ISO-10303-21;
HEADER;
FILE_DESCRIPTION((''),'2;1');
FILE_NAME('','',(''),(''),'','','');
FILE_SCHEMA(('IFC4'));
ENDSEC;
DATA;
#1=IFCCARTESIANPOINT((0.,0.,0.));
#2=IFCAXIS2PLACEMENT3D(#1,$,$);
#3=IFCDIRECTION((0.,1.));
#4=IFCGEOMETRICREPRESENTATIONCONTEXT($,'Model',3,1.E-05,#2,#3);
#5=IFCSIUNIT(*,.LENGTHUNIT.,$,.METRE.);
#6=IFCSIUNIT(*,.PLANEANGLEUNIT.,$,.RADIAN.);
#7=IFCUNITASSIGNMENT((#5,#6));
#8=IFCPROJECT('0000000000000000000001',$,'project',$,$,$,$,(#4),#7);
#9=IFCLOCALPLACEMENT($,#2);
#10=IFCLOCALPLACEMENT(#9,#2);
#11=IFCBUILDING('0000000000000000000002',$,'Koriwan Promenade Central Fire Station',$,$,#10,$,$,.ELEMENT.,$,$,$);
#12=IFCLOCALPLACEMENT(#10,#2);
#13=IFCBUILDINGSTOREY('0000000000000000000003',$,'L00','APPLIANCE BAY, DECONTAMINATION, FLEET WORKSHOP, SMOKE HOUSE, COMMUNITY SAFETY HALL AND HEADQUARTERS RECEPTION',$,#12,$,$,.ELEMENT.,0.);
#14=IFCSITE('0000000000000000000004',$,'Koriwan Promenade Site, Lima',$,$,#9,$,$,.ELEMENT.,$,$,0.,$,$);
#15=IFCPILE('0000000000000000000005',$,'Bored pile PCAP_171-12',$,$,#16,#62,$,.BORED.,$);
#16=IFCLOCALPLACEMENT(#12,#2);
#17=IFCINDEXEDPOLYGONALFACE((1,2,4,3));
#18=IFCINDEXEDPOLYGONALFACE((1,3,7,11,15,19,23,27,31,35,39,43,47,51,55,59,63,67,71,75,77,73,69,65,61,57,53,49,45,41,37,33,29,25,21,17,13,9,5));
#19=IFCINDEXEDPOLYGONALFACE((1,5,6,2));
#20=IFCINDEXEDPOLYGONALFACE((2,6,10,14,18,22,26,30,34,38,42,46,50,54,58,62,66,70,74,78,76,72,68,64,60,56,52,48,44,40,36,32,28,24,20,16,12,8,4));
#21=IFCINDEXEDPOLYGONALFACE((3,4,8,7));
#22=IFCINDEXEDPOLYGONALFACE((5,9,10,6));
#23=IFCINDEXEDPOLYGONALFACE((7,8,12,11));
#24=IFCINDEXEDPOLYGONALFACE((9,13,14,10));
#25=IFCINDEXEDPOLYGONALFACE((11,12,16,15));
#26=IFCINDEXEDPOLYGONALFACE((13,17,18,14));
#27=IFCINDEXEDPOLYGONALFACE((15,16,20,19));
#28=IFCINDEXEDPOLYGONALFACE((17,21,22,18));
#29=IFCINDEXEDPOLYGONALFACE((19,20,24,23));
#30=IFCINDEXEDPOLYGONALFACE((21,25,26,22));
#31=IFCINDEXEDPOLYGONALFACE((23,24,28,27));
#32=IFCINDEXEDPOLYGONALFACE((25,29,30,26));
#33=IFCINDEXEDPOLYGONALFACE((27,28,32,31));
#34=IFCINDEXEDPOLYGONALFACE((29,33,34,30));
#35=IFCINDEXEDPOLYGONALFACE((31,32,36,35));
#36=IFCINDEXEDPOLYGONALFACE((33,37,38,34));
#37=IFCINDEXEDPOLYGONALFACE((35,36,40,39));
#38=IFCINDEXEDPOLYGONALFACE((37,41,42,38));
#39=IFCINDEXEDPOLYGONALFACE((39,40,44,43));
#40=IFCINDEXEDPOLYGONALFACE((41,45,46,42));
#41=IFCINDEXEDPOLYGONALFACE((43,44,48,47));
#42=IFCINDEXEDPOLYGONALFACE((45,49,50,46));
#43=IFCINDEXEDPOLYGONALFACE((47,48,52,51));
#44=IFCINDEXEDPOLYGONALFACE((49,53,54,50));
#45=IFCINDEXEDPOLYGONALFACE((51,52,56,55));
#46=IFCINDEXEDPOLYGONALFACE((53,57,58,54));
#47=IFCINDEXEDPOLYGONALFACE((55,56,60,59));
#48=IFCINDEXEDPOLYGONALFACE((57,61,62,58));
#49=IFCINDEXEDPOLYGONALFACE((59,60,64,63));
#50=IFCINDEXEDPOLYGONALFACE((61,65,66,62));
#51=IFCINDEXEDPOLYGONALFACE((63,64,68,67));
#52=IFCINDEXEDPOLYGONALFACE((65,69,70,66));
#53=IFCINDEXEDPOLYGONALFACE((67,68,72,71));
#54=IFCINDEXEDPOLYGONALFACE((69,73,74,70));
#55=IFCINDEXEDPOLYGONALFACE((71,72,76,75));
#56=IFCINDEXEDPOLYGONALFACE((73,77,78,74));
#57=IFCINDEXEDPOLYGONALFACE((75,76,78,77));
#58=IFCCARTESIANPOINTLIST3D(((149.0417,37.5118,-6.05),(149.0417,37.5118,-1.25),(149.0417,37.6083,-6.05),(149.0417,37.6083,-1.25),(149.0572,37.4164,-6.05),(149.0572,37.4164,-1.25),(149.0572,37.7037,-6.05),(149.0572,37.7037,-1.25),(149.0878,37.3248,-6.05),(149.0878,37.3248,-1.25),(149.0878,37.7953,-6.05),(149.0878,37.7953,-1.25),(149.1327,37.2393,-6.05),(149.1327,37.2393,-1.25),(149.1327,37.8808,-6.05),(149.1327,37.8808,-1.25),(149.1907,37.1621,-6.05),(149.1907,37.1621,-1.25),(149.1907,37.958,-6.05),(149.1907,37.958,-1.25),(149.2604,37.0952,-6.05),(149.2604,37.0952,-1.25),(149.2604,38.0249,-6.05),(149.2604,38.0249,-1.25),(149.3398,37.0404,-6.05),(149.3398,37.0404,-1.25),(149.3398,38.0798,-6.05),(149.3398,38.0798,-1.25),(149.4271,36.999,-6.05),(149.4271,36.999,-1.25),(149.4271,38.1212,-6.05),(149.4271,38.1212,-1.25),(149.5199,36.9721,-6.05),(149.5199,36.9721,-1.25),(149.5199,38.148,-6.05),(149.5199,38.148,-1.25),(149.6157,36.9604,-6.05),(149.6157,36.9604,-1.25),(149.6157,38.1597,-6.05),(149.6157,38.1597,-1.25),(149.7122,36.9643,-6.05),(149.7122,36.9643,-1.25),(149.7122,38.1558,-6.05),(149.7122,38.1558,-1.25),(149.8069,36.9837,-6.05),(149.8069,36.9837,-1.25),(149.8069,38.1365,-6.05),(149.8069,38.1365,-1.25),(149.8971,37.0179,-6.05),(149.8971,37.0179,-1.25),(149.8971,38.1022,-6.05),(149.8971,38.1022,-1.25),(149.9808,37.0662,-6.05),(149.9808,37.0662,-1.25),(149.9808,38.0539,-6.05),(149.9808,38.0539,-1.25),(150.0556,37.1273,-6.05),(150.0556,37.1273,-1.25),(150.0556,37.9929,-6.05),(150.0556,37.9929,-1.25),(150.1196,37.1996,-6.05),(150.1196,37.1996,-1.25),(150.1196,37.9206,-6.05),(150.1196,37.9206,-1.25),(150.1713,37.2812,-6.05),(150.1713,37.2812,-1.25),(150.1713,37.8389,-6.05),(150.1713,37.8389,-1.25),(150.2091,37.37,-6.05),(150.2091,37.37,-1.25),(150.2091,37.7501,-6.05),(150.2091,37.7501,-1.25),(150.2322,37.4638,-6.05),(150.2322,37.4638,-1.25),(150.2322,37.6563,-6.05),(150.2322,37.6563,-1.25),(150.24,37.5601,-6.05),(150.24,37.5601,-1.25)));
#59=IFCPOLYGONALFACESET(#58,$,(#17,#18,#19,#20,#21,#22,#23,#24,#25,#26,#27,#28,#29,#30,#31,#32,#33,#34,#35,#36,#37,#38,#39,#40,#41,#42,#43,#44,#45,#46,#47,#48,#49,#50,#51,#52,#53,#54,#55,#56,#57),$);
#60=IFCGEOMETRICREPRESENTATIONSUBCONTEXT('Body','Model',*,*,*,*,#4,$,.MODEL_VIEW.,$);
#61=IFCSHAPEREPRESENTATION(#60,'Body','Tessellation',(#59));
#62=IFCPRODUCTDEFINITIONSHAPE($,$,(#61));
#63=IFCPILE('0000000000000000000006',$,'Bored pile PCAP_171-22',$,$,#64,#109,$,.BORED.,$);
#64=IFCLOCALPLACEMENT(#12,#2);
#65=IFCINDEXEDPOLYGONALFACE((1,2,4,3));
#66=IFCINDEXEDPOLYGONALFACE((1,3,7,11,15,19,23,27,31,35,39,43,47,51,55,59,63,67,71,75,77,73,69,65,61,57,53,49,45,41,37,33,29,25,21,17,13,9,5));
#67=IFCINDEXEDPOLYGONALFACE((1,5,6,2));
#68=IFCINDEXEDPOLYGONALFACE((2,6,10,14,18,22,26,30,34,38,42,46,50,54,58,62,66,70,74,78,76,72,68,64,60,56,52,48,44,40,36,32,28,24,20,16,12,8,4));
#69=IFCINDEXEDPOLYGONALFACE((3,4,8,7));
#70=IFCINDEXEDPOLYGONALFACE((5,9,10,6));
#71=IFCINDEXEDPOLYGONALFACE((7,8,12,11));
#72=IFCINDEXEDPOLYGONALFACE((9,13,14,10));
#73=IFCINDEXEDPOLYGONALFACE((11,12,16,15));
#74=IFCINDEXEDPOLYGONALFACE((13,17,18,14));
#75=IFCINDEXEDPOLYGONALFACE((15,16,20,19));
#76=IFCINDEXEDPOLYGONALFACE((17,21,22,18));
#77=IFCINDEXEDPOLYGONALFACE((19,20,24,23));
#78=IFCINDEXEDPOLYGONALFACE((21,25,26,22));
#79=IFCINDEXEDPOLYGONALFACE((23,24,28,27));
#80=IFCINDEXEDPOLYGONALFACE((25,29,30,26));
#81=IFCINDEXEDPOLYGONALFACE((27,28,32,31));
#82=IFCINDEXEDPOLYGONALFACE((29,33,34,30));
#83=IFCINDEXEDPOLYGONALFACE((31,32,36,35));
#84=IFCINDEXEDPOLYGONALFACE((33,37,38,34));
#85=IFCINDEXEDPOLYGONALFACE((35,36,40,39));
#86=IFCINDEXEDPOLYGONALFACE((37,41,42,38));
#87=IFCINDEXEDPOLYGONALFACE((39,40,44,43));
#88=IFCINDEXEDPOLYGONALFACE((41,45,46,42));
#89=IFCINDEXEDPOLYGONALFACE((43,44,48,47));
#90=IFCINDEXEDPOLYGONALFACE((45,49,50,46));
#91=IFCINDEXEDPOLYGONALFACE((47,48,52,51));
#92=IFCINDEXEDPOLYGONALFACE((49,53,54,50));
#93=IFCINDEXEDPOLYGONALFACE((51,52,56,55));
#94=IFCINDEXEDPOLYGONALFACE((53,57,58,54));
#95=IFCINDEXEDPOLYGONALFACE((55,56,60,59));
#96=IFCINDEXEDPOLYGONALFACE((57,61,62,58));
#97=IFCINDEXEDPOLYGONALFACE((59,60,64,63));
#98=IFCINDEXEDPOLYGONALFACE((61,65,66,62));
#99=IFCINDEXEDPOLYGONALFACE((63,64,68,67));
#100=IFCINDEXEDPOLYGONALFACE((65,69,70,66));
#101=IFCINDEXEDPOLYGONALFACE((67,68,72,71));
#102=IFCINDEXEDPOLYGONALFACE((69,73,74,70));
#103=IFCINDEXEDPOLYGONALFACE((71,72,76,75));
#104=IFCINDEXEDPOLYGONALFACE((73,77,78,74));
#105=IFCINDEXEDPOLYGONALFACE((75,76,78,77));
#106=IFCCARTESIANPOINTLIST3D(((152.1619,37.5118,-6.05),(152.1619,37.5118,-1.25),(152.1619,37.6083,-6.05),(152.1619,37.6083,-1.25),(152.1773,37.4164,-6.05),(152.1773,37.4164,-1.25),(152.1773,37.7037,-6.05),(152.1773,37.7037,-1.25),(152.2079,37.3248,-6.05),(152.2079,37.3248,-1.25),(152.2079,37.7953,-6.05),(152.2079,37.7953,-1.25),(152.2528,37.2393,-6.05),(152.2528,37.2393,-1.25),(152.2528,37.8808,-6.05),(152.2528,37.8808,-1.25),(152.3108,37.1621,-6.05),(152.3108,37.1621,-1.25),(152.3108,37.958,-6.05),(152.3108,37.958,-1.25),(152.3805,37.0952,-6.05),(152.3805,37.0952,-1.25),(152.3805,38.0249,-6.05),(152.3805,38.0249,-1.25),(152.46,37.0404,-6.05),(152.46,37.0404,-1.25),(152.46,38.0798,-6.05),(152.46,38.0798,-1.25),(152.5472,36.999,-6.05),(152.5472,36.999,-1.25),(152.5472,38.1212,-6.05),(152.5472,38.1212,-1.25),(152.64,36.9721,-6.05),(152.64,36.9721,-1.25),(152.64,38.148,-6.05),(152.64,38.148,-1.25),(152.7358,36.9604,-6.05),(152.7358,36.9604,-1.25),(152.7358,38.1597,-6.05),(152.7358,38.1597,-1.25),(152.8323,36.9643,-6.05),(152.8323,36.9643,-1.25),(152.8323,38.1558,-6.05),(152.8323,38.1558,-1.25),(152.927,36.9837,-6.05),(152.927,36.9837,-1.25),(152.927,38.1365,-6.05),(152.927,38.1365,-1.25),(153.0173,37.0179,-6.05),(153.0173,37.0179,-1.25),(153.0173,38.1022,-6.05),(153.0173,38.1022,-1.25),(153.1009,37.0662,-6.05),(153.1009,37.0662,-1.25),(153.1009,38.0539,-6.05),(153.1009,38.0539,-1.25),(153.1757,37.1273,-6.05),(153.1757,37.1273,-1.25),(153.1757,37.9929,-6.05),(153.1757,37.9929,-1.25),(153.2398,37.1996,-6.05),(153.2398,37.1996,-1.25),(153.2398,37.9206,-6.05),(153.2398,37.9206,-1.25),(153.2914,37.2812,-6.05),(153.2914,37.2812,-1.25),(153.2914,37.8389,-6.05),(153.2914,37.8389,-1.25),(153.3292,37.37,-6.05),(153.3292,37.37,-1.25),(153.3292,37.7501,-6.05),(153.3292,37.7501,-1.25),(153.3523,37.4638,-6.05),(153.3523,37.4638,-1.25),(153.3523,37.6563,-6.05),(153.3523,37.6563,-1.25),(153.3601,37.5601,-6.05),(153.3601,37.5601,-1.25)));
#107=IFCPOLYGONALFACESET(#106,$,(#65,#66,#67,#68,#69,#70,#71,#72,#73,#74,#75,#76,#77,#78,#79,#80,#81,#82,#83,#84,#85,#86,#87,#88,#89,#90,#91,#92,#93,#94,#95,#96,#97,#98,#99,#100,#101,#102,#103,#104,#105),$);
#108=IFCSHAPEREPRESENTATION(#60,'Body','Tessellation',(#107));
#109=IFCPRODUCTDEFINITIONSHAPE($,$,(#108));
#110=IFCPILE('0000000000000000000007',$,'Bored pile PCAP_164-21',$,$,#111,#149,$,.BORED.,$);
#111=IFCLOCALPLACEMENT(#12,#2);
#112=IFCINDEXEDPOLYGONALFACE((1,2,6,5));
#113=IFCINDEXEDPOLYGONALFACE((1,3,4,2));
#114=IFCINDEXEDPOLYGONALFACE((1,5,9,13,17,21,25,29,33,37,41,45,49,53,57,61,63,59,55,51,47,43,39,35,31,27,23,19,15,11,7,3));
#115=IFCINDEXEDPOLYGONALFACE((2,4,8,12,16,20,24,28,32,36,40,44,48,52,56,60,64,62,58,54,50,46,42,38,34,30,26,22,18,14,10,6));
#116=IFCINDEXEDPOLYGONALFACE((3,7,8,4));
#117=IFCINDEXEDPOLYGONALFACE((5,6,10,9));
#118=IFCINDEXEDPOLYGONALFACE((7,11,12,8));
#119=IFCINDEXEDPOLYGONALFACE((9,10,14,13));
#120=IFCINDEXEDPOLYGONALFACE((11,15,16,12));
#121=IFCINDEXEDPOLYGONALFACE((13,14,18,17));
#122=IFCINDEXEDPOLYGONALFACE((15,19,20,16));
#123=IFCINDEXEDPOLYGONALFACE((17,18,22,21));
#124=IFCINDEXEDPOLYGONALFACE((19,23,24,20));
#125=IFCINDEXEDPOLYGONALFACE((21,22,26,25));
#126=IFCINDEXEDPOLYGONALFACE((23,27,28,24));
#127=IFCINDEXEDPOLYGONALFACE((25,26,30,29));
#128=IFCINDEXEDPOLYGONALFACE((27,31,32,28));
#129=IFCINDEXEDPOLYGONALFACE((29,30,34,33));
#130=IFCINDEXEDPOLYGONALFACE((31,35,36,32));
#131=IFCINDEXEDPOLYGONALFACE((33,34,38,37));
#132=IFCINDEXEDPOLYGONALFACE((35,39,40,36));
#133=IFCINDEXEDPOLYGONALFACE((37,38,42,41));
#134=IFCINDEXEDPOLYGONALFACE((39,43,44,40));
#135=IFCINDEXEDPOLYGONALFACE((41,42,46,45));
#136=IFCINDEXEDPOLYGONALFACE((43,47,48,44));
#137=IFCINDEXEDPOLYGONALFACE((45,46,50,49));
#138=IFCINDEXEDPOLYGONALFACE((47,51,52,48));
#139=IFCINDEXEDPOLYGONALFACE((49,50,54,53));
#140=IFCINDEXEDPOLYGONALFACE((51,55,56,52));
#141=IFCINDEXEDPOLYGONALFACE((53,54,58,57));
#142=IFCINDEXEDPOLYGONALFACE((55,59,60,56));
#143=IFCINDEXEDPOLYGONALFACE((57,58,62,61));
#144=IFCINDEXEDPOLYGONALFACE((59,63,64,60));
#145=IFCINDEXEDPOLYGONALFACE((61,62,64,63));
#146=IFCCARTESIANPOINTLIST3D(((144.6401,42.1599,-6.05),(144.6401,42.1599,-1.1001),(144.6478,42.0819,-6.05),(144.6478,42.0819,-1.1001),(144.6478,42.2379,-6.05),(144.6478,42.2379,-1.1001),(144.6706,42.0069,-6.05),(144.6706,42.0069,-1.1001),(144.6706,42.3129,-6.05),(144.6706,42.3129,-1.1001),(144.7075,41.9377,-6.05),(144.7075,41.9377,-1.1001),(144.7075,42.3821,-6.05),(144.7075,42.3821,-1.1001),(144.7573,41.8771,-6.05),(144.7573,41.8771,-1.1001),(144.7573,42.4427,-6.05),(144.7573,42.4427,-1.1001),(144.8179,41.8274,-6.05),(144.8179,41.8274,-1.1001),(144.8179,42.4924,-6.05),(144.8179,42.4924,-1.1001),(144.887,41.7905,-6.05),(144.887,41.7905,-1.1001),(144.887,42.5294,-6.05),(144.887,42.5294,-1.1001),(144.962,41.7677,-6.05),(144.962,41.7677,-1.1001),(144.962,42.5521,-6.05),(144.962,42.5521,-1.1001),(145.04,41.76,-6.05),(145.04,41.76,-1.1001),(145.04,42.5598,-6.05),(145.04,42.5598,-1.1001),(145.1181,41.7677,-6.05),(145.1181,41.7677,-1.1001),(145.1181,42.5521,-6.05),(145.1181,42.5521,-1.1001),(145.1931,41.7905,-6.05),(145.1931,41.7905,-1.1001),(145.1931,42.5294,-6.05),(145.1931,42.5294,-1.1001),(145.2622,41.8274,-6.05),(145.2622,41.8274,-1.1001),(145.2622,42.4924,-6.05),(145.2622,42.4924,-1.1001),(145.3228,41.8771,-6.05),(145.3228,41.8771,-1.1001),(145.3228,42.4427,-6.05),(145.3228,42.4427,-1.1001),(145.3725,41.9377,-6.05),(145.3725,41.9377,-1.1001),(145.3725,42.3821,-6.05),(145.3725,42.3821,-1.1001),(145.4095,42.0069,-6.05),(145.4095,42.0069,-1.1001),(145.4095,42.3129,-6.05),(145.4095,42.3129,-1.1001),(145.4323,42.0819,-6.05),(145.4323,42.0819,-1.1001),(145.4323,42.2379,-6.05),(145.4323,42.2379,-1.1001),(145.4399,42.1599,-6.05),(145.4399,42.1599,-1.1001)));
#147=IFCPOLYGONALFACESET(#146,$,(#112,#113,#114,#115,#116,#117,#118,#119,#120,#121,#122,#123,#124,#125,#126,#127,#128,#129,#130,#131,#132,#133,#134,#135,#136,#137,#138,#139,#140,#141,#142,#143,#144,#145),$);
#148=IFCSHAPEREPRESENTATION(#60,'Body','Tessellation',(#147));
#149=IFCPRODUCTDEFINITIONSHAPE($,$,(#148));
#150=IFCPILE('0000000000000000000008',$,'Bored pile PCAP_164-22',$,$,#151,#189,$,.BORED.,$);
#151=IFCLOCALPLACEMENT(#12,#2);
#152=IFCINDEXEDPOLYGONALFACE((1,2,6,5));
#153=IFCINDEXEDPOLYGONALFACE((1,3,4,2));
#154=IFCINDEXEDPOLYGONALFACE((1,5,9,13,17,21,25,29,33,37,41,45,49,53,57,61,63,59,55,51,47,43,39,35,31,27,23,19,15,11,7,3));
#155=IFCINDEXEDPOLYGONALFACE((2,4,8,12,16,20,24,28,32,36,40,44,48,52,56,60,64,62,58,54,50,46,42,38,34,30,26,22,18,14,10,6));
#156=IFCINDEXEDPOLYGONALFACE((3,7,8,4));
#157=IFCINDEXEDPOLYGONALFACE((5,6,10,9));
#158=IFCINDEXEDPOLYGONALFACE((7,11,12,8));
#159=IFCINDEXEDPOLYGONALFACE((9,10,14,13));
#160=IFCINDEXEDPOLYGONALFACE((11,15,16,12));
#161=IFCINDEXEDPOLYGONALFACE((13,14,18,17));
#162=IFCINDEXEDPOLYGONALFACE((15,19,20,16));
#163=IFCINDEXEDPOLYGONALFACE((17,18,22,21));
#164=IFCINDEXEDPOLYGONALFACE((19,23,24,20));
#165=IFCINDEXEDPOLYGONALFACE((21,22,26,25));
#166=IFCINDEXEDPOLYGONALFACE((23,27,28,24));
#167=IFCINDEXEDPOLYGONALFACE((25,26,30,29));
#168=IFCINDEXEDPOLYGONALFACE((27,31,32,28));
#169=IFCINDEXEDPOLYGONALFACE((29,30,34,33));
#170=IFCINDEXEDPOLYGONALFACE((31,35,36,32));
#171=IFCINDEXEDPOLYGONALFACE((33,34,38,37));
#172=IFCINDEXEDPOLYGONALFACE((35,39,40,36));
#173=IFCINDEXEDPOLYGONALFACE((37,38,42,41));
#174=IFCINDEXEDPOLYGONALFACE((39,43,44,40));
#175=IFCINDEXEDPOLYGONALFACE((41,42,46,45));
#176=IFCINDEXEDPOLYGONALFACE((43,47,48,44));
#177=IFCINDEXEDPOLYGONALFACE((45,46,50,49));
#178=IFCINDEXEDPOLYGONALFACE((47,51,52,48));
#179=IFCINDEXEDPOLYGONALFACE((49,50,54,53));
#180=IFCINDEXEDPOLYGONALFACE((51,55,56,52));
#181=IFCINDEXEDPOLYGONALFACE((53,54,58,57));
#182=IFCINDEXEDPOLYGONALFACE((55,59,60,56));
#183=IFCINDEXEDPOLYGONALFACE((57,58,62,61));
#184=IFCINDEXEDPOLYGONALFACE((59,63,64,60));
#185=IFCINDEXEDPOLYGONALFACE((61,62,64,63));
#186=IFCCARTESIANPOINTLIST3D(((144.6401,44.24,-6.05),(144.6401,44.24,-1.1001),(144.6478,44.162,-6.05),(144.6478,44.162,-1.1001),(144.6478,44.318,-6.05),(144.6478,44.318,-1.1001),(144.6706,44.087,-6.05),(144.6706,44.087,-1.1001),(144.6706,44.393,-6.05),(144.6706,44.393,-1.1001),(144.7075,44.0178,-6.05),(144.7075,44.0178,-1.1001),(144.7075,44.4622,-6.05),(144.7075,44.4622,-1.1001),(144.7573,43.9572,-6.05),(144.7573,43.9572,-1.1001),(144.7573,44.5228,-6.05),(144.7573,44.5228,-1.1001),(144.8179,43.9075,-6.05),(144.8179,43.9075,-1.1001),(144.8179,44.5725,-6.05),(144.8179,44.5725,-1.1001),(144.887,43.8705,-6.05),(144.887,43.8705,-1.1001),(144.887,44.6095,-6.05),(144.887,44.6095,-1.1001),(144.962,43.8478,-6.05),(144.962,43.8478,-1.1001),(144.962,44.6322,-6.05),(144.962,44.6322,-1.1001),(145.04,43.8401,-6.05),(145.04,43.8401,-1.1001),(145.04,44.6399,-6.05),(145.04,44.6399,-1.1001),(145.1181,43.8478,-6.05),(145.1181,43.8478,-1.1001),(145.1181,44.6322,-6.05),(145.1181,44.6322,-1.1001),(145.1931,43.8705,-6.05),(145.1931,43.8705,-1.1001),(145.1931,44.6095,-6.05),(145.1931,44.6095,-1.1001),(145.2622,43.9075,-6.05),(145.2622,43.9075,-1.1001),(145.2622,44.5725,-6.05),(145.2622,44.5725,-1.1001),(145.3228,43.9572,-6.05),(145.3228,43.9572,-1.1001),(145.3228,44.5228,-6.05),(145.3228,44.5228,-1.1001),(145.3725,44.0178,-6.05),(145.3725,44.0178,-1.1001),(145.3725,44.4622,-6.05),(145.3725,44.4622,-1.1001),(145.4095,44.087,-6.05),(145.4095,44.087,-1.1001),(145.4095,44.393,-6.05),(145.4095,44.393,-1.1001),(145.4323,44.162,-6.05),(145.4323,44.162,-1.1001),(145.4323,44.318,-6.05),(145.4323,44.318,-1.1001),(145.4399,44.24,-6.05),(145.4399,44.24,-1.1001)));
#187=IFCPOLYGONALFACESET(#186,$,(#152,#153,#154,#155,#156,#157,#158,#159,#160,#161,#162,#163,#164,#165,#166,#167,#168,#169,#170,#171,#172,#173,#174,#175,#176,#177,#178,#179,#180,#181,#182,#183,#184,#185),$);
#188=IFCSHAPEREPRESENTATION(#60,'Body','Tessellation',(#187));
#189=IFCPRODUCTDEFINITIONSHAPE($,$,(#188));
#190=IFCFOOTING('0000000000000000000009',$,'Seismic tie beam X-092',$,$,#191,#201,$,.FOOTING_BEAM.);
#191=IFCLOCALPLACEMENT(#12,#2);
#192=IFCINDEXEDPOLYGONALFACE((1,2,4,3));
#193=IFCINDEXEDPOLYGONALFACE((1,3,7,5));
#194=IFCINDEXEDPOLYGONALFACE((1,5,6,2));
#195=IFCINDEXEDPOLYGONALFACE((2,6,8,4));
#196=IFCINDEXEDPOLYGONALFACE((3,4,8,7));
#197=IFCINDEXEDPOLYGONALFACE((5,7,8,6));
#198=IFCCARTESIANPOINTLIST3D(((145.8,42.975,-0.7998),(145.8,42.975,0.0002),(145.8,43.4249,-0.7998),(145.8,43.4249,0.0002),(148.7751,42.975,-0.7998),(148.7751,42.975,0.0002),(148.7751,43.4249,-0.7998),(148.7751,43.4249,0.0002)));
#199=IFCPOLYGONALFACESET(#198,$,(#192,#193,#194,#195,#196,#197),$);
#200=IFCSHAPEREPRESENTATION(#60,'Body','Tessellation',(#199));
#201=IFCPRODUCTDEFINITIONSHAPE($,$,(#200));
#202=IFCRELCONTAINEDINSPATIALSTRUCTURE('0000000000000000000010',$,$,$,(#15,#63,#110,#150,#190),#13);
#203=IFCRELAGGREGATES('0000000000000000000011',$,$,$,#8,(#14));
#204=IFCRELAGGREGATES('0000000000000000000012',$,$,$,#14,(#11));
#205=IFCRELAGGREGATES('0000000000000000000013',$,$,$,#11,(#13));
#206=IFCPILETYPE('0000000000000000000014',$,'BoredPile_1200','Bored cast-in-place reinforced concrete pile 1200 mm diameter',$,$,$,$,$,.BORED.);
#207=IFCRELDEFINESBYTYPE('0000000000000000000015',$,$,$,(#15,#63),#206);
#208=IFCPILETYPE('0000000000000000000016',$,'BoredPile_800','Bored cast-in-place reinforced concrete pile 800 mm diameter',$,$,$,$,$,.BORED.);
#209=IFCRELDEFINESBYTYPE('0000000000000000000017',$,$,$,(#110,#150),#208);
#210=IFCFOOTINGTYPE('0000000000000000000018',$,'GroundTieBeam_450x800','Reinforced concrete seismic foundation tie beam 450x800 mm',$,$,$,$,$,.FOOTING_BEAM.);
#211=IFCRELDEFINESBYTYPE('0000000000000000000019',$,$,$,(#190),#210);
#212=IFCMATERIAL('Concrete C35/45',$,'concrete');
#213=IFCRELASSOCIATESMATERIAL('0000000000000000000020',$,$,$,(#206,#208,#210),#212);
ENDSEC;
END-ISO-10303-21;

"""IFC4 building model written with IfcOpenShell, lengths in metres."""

from ifc_helpers import new_model, si_unit, direction, frame, origin, origin_2d, place, context, subcontext, project, spatial, rectangle, circle, extrude, material, material_profile, profile_set, type_object, element, save


model = new_model("IFC4")

# Units and contexts
model_context = context("Model", 3, precision=1e-05, world=origin(), true_north=direction((0.0, 1.0)))
body_context = subcontext(model_context, "Body", "Model", "MODEL_VIEW")
ifc_project = project(units=[si_unit("LENGTHUNIT", "METRE"), si_unit("PLANEANGLEUNIT", "RADIAN")], contexts=[model_context])

# Site, building, storey
site_placement = place(None, origin())
site = spatial("IfcSite", under=ifc_project, at=site_placement, Name="Koriwan Promenade Site, Lima", CompositionType="ELEMENT", RefElevation=0.0)
building_placement = place(site_placement, origin())
building = spatial("IfcBuilding", under=site, at=building_placement, Name="Koriwan Promenade Central Fire Station", CompositionType="ELEMENT")
storey_placement = place(building_placement, origin())
storey = spatial("IfcBuildingStorey", under=building, at=storey_placement, Name="L00", Description="APPLIANCE BAY, DECONTAMINATION, FLEET WORKSHOP, SMOKE HOUSE, COMMUNITY SAFETY HALL AND HEADQUARTERS RECEPTION", CompositionType="ELEMENT", Elevation=0.0)

# Piles
ifc_material_1 = material(Name="Concrete C35/45", Category="concrete")
ifc_material_profile_1 = material_profile(ifc_material_1, circle(Radius=0.6001, at=origin_2d()), Name="PILE-D1200")
ifc_profile_set_1 = profile_set([ifc_material_profile_1], Name="Concrete C35/45")
pile_type_1 = type_object("IfcPileType", Name="BoredPile_1200", Description="Bored cast-in-place reinforced concrete pile 1200 mm diameter", PredefinedType="BORED", material=ifc_profile_set_1)
for number, where, z_axis, x_axis, name in (
    (1, (149.6399, 37.5601, -1.25), (0.0, 0.0, -1.0), (1.0, 0.0, 0.0), "Bored pile PCAP_171-12"),
    (2, (152.76, 37.5601, -1.25), (0.0, 0.0, -1.0), (1.0, 0.0, 0.0), "Bored pile PCAP_171-22"),
):
    element("IfcPile", number, at=place(storey_placement, frame(where, z_axis=z_axis, x_axis=x_axis)), inside=storey, type_object=pile_type_1, Name=name, PredefinedType="BORED", context=body_context, shape_type="SweptSolid", body=[
        extrude(circle(Radius=0.6001, at=origin_2d()), origin(), (0.0, 0.0, 1.0), 4.8),
    ])
ifc_material_profile_2 = material_profile(ifc_material_1, circle(Radius=0.3999, at=origin_2d()), Name="PILE-D800")
ifc_profile_set_2 = profile_set([ifc_material_profile_2], Name="Concrete C35/45")
pile_type_2 = type_object("IfcPileType", Name="BoredPile_800", Description="Bored cast-in-place reinforced concrete pile 800 mm diameter", PredefinedType="BORED", material=ifc_profile_set_2)
for number, where, z_axis, x_axis, name in (
    (3, (145.04, 42.1599, -1.1001), (0.0, 0.0, -1.0), (1.0, 0.0, 0.0), "Bored pile PCAP_164-21"),
    (4, (145.04, 44.24, -1.1001), (0.0, 0.0, -1.0), (1.0, 0.0, 0.0), "Bored pile PCAP_164-22"),
):
    element("IfcPile", number, at=place(storey_placement, frame(where, z_axis=z_axis, x_axis=x_axis)), inside=storey, type_object=pile_type_2, Name=name, PredefinedType="BORED", context=body_context, shape_type="SweptSolid", body=[
        extrude(circle(Radius=0.3999, at=origin_2d()), origin(), (0.0, 0.0, 1.0), 4.95),
    ])

# Footing
footing_type_1 = type_object("IfcFootingType", Name="GroundTieBeam_450x800", Description="Reinforced concrete seismic foundation tie beam 450x800 mm", PredefinedType="FOOTING_BEAM", material=ifc_material_1)
footing_1_placement = place(storey_placement, frame((147.2876, 43.2, -0.7998), z_axis=(0.0, 0.0, 1.0), x_axis=(1.0, 0.0, 0.0)))
element("IfcFooting", 5, at=footing_1_placement, inside=storey, type_object=footing_type_1, Name="Seismic tie beam X-092", PredefinedType="FOOTING_BEAM", context=body_context, shape_type="SweptSolid", body=[
    extrude(rectangle(XDim=2.9751, YDim=0.45, at=origin_2d()), origin(), (0.0, 0.0, 1.0), 0.8),
])

save(model, "model.ifc")
